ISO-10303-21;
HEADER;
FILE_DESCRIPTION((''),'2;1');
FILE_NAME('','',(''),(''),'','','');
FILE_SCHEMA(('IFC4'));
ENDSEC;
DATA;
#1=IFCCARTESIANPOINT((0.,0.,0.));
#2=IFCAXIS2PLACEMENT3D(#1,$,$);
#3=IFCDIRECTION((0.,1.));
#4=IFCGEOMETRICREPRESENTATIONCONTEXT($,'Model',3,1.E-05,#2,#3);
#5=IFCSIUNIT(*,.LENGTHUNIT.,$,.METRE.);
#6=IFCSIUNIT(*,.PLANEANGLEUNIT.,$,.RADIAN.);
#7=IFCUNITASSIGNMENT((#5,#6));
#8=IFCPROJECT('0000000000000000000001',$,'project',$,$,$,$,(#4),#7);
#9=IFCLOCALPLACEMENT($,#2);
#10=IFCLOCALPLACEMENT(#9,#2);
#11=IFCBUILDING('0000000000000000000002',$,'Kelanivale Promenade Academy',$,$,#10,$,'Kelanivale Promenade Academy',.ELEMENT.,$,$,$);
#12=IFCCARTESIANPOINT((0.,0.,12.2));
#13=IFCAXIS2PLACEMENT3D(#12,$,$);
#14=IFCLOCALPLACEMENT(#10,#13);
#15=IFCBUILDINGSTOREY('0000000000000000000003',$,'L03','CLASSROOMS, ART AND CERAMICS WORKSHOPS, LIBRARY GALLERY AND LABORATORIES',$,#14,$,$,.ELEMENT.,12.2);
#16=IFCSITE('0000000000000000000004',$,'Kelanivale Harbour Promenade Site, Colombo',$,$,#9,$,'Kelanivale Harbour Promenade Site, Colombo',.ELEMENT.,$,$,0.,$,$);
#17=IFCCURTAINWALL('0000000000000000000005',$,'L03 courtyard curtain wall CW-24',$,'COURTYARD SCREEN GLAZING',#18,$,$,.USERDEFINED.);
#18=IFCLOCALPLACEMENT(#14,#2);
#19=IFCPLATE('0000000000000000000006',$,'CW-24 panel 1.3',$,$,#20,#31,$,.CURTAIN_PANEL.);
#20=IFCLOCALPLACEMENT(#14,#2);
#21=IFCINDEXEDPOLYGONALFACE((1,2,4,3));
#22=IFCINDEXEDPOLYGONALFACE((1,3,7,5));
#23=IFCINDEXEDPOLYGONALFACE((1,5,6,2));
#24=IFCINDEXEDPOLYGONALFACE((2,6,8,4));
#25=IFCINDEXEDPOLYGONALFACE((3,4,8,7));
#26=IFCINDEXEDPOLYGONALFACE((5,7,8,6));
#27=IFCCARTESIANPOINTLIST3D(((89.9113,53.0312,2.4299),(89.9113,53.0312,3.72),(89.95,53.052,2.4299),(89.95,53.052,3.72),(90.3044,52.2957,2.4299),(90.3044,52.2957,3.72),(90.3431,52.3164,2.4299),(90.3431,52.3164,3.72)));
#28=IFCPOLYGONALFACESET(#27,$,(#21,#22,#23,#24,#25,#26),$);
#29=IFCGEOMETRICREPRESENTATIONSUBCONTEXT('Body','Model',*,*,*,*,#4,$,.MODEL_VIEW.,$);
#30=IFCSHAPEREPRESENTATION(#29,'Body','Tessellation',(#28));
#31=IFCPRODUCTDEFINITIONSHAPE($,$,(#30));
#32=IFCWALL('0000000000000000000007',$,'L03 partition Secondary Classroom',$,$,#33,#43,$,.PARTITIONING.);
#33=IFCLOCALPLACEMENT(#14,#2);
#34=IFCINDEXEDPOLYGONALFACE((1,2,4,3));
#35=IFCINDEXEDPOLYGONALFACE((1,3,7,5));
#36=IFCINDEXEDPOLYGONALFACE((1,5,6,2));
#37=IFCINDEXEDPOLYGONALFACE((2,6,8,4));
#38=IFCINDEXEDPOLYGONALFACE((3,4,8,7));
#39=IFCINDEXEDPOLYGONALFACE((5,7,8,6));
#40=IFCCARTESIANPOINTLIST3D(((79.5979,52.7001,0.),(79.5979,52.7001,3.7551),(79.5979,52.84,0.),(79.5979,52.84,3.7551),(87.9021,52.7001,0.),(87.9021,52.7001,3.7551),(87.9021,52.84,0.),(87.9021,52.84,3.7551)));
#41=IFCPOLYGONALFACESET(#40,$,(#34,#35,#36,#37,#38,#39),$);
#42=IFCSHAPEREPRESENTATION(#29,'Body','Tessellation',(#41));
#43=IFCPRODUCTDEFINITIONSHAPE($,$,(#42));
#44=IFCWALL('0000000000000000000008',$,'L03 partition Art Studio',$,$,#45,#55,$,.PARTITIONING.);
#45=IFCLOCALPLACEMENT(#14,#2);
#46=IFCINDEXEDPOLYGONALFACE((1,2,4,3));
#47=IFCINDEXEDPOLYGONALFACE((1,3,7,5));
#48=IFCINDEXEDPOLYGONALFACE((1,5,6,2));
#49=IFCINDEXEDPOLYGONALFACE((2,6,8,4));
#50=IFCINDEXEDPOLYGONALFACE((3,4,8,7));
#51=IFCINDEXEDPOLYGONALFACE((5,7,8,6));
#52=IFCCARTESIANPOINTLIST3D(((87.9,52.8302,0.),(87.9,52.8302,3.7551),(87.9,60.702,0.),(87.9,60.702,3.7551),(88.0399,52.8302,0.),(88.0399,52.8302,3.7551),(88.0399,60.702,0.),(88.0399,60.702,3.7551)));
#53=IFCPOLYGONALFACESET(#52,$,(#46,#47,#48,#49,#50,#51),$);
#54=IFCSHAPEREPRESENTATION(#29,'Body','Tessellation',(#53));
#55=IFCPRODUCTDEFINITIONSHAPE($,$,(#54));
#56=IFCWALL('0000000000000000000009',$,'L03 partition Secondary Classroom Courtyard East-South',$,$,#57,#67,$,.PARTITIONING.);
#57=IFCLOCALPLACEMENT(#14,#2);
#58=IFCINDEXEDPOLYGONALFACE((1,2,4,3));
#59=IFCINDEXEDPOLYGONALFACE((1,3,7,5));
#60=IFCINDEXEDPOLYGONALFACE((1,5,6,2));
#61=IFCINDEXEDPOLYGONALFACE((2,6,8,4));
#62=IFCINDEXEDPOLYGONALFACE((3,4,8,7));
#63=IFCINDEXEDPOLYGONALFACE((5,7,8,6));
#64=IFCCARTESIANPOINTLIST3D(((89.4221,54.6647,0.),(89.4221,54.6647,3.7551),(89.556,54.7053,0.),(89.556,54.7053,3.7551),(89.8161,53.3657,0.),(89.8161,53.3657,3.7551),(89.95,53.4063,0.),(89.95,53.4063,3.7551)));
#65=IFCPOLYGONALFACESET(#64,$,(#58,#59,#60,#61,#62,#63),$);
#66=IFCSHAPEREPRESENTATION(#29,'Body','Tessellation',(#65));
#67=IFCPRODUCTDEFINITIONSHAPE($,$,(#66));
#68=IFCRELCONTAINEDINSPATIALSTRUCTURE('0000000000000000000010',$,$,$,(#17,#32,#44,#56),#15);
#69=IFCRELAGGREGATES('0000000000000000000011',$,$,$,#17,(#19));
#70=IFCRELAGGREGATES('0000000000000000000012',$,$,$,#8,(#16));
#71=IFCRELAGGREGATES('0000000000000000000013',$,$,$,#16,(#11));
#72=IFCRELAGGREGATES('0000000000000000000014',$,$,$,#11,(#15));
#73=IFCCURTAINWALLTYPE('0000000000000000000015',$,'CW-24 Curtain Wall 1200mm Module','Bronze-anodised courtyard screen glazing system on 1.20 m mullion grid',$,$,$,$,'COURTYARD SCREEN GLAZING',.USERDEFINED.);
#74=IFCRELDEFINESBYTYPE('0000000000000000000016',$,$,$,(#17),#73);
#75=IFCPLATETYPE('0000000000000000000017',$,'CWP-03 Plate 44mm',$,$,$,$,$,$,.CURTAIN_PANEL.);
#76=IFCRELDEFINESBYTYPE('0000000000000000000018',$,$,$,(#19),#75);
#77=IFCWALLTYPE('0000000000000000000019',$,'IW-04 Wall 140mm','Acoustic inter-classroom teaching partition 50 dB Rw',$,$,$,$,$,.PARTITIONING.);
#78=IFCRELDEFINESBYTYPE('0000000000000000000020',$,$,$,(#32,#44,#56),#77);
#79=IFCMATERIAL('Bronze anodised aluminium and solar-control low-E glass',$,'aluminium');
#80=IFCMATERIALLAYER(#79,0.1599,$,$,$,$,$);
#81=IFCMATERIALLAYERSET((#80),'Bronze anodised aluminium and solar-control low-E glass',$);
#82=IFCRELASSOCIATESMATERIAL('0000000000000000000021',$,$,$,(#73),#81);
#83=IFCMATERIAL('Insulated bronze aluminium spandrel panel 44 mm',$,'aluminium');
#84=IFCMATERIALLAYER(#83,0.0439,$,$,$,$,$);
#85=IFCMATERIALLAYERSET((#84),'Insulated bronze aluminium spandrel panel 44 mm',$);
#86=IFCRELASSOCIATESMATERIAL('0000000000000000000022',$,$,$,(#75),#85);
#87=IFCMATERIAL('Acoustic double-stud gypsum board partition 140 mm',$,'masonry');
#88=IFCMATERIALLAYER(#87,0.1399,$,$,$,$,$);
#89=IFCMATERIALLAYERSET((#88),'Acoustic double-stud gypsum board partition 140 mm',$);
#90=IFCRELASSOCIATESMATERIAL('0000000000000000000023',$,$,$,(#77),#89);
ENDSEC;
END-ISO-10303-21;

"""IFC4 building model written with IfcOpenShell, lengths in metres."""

from ifc_helpers import new_model, si_unit, direction, frame, frame_2d, origin, origin_2d, place, context, subcontext, project, spatial, rectangle, extrude, material, layer, layer_set, type_object, element, aggregate, save


model = new_model("IFC4")

# Units and contexts
model_context = context("Model", 3, precision=1e-05, world=origin(), true_north=direction((0.0, 1.0)))
body_context = subcontext(model_context, "Body", "Model", "MODEL_VIEW")
ifc_project = project(units=[si_unit("LENGTHUNIT", "METRE"), si_unit("PLANEANGLEUNIT", "RADIAN")], contexts=[model_context])

# Site, building, storey
site_placement = place(None, origin())
site = spatial("IfcSite", under=ifc_project, at=site_placement, Name="Kelanivale Harbour Promenade Site, Colombo", LongName="Kelanivale Harbour Promenade Site, Colombo", CompositionType="ELEMENT", RefElevation=0.0)
building_placement = place(site_placement, origin())
building = spatial("IfcBuilding", under=site, at=building_placement, Name="Kelanivale Promenade Academy", LongName="Kelanivale Promenade Academy", CompositionType="ELEMENT")
storey_placement = place(building_placement, frame((0.0, 0.0, 12.2)))
storey = spatial("IfcBuildingStorey", under=building, at=storey_placement, Name="L03", Description="CLASSROOMS, ART AND CERAMICS WORKSHOPS, LIBRARY GALLERY AND LABORATORIES", CompositionType="ELEMENT", Elevation=12.2)

# Curtain wall
ifc_material_1 = material(Name="Bronze anodised aluminium and solar-control low-E glass", Category="aluminium")
ifc_layer_1 = layer(ifc_material_1, 0.1599)
ifc_layer_set_1 = layer_set([ifc_layer_1], Name="Bronze anodised aluminium and solar-control low-E glass")
curtain_wall_type_1 = type_object("IfcCurtainWallType", Name="CW-24 Curtain Wall 1200mm Module", Description="Bronze-anodised courtyard screen glazing system on 1.20 m mullion grid", ElementType="COURTYARD SCREEN GLAZING", PredefinedType="USERDEFINED", material=ifc_layer_set_1)
curtain_wall_1_placement = place(storey_placement, origin())
curtain_wall_1 = element("IfcCurtainWall", 1, at=curtain_wall_1_placement, inside=storey, type_object=curtain_wall_type_1, Name="L03 courtyard curtain wall CW-24", ObjectType="COURTYARD SCREEN GLAZING", PredefinedType="USERDEFINED")

# Plate
ifc_material_2 = material(Name="Insulated bronze aluminium spandrel panel 44 mm", Category="aluminium")
ifc_layer_2 = layer(ifc_material_2, 0.0439)
ifc_layer_set_2 = layer_set([ifc_layer_2], Name="Insulated bronze aluminium spandrel panel 44 mm")
plate_type_1 = type_object("IfcPlateType", Name="CWP-03 Plate 44mm", PredefinedType="CURTAIN_PANEL", material=ifc_layer_set_2)
plate_1_placement = place(storey_placement, frame((90.1272, 52.6738, 2.4299), z_axis=(0.0, 0.0, 1.0), x_axis=(0.471312, -0.881966, 0.0)))
plate_1 = element("IfcPlate", 2, at=plate_1_placement, type_object=plate_type_1, Name="CW-24 panel 1.3", PredefinedType="CURTAIN_PANEL", context=body_context, shape_type="SweptSolid", body=[
    extrude(rectangle(XDim=0.834, YDim=0.0439, at=origin_2d()), origin(), (0.0, 0.0, 1.0), 1.29),
])
aggregate(curtain_wall_1, [plate_1])

# Walls
ifc_material_3 = material(Name="Acoustic double-stud gypsum board partition 140 mm", Category="masonry")
ifc_layer_3 = layer(ifc_material_3, 0.1399)
ifc_layer_set_3 = layer_set([ifc_layer_3], Name="Acoustic double-stud gypsum board partition 140 mm")
wall_type = type_object("IfcWallType", Name="IW-04 Wall 140mm", Description="Acoustic inter-classroom teaching partition 50 dB Rw", PredefinedType="PARTITIONING", material=ifc_layer_set_3)
wall_1_placement = place(storey_placement, frame((87.9021, 52.77, 0.0), z_axis=(0.0, 0.0, 1.0), x_axis=(-1.0, 0.0, 0.0)))
element("IfcWall", 3, at=wall_1_placement, inside=storey, type_object=wall_type, Name="L03 partition Secondary Classroom", PredefinedType="PARTITIONING", context=body_context, shape_type="SweptSolid", body=[
    extrude(rectangle(XDim=8.3042, YDim=0.1399, at=frame_2d((4.1521, 0.0))), origin(), (0.0, 0.0, 1.0), 3.7551),
])
wall_2_placement = place(storey_placement, frame((87.97, 52.8301, 0.0), z_axis=(0.0, 0.0, 1.0), x_axis=(0.0, 1.0, 0.0)))
element("IfcWall", 4, at=wall_2_placement, inside=storey, type_object=wall_type, Name="L03 partition Art Studio", PredefinedType="PARTITIONING", context=body_context, shape_type="SweptSolid", body=[
    extrude(rectangle(XDim=7.8718, YDim=0.1399, at=frame_2d((3.936, 0.0))), origin(), (0.0, 0.0, 1.0), 3.7551),
])
wall_3_placement = place(storey_placement, frame((89.8831, 53.386, 0.0), z_axis=(0.0, 0.0, 1.0), x_axis=(-0.290267, 0.956946, 0.0)))
element("IfcWall", 5, at=wall_3_placement, inside=storey, type_object=wall_type, Name="L03 partition Secondary Classroom Courtyard East-South", PredefinedType="PARTITIONING", context=body_context, shape_type="SweptSolid", body=[
    extrude(rectangle(XDim=1.3574, YDim=0.1399, at=frame_2d((0.6787, 0.0))), origin(), (0.0, 0.0, 1.0), 3.7551),
])

save(model, "model.ifc")
